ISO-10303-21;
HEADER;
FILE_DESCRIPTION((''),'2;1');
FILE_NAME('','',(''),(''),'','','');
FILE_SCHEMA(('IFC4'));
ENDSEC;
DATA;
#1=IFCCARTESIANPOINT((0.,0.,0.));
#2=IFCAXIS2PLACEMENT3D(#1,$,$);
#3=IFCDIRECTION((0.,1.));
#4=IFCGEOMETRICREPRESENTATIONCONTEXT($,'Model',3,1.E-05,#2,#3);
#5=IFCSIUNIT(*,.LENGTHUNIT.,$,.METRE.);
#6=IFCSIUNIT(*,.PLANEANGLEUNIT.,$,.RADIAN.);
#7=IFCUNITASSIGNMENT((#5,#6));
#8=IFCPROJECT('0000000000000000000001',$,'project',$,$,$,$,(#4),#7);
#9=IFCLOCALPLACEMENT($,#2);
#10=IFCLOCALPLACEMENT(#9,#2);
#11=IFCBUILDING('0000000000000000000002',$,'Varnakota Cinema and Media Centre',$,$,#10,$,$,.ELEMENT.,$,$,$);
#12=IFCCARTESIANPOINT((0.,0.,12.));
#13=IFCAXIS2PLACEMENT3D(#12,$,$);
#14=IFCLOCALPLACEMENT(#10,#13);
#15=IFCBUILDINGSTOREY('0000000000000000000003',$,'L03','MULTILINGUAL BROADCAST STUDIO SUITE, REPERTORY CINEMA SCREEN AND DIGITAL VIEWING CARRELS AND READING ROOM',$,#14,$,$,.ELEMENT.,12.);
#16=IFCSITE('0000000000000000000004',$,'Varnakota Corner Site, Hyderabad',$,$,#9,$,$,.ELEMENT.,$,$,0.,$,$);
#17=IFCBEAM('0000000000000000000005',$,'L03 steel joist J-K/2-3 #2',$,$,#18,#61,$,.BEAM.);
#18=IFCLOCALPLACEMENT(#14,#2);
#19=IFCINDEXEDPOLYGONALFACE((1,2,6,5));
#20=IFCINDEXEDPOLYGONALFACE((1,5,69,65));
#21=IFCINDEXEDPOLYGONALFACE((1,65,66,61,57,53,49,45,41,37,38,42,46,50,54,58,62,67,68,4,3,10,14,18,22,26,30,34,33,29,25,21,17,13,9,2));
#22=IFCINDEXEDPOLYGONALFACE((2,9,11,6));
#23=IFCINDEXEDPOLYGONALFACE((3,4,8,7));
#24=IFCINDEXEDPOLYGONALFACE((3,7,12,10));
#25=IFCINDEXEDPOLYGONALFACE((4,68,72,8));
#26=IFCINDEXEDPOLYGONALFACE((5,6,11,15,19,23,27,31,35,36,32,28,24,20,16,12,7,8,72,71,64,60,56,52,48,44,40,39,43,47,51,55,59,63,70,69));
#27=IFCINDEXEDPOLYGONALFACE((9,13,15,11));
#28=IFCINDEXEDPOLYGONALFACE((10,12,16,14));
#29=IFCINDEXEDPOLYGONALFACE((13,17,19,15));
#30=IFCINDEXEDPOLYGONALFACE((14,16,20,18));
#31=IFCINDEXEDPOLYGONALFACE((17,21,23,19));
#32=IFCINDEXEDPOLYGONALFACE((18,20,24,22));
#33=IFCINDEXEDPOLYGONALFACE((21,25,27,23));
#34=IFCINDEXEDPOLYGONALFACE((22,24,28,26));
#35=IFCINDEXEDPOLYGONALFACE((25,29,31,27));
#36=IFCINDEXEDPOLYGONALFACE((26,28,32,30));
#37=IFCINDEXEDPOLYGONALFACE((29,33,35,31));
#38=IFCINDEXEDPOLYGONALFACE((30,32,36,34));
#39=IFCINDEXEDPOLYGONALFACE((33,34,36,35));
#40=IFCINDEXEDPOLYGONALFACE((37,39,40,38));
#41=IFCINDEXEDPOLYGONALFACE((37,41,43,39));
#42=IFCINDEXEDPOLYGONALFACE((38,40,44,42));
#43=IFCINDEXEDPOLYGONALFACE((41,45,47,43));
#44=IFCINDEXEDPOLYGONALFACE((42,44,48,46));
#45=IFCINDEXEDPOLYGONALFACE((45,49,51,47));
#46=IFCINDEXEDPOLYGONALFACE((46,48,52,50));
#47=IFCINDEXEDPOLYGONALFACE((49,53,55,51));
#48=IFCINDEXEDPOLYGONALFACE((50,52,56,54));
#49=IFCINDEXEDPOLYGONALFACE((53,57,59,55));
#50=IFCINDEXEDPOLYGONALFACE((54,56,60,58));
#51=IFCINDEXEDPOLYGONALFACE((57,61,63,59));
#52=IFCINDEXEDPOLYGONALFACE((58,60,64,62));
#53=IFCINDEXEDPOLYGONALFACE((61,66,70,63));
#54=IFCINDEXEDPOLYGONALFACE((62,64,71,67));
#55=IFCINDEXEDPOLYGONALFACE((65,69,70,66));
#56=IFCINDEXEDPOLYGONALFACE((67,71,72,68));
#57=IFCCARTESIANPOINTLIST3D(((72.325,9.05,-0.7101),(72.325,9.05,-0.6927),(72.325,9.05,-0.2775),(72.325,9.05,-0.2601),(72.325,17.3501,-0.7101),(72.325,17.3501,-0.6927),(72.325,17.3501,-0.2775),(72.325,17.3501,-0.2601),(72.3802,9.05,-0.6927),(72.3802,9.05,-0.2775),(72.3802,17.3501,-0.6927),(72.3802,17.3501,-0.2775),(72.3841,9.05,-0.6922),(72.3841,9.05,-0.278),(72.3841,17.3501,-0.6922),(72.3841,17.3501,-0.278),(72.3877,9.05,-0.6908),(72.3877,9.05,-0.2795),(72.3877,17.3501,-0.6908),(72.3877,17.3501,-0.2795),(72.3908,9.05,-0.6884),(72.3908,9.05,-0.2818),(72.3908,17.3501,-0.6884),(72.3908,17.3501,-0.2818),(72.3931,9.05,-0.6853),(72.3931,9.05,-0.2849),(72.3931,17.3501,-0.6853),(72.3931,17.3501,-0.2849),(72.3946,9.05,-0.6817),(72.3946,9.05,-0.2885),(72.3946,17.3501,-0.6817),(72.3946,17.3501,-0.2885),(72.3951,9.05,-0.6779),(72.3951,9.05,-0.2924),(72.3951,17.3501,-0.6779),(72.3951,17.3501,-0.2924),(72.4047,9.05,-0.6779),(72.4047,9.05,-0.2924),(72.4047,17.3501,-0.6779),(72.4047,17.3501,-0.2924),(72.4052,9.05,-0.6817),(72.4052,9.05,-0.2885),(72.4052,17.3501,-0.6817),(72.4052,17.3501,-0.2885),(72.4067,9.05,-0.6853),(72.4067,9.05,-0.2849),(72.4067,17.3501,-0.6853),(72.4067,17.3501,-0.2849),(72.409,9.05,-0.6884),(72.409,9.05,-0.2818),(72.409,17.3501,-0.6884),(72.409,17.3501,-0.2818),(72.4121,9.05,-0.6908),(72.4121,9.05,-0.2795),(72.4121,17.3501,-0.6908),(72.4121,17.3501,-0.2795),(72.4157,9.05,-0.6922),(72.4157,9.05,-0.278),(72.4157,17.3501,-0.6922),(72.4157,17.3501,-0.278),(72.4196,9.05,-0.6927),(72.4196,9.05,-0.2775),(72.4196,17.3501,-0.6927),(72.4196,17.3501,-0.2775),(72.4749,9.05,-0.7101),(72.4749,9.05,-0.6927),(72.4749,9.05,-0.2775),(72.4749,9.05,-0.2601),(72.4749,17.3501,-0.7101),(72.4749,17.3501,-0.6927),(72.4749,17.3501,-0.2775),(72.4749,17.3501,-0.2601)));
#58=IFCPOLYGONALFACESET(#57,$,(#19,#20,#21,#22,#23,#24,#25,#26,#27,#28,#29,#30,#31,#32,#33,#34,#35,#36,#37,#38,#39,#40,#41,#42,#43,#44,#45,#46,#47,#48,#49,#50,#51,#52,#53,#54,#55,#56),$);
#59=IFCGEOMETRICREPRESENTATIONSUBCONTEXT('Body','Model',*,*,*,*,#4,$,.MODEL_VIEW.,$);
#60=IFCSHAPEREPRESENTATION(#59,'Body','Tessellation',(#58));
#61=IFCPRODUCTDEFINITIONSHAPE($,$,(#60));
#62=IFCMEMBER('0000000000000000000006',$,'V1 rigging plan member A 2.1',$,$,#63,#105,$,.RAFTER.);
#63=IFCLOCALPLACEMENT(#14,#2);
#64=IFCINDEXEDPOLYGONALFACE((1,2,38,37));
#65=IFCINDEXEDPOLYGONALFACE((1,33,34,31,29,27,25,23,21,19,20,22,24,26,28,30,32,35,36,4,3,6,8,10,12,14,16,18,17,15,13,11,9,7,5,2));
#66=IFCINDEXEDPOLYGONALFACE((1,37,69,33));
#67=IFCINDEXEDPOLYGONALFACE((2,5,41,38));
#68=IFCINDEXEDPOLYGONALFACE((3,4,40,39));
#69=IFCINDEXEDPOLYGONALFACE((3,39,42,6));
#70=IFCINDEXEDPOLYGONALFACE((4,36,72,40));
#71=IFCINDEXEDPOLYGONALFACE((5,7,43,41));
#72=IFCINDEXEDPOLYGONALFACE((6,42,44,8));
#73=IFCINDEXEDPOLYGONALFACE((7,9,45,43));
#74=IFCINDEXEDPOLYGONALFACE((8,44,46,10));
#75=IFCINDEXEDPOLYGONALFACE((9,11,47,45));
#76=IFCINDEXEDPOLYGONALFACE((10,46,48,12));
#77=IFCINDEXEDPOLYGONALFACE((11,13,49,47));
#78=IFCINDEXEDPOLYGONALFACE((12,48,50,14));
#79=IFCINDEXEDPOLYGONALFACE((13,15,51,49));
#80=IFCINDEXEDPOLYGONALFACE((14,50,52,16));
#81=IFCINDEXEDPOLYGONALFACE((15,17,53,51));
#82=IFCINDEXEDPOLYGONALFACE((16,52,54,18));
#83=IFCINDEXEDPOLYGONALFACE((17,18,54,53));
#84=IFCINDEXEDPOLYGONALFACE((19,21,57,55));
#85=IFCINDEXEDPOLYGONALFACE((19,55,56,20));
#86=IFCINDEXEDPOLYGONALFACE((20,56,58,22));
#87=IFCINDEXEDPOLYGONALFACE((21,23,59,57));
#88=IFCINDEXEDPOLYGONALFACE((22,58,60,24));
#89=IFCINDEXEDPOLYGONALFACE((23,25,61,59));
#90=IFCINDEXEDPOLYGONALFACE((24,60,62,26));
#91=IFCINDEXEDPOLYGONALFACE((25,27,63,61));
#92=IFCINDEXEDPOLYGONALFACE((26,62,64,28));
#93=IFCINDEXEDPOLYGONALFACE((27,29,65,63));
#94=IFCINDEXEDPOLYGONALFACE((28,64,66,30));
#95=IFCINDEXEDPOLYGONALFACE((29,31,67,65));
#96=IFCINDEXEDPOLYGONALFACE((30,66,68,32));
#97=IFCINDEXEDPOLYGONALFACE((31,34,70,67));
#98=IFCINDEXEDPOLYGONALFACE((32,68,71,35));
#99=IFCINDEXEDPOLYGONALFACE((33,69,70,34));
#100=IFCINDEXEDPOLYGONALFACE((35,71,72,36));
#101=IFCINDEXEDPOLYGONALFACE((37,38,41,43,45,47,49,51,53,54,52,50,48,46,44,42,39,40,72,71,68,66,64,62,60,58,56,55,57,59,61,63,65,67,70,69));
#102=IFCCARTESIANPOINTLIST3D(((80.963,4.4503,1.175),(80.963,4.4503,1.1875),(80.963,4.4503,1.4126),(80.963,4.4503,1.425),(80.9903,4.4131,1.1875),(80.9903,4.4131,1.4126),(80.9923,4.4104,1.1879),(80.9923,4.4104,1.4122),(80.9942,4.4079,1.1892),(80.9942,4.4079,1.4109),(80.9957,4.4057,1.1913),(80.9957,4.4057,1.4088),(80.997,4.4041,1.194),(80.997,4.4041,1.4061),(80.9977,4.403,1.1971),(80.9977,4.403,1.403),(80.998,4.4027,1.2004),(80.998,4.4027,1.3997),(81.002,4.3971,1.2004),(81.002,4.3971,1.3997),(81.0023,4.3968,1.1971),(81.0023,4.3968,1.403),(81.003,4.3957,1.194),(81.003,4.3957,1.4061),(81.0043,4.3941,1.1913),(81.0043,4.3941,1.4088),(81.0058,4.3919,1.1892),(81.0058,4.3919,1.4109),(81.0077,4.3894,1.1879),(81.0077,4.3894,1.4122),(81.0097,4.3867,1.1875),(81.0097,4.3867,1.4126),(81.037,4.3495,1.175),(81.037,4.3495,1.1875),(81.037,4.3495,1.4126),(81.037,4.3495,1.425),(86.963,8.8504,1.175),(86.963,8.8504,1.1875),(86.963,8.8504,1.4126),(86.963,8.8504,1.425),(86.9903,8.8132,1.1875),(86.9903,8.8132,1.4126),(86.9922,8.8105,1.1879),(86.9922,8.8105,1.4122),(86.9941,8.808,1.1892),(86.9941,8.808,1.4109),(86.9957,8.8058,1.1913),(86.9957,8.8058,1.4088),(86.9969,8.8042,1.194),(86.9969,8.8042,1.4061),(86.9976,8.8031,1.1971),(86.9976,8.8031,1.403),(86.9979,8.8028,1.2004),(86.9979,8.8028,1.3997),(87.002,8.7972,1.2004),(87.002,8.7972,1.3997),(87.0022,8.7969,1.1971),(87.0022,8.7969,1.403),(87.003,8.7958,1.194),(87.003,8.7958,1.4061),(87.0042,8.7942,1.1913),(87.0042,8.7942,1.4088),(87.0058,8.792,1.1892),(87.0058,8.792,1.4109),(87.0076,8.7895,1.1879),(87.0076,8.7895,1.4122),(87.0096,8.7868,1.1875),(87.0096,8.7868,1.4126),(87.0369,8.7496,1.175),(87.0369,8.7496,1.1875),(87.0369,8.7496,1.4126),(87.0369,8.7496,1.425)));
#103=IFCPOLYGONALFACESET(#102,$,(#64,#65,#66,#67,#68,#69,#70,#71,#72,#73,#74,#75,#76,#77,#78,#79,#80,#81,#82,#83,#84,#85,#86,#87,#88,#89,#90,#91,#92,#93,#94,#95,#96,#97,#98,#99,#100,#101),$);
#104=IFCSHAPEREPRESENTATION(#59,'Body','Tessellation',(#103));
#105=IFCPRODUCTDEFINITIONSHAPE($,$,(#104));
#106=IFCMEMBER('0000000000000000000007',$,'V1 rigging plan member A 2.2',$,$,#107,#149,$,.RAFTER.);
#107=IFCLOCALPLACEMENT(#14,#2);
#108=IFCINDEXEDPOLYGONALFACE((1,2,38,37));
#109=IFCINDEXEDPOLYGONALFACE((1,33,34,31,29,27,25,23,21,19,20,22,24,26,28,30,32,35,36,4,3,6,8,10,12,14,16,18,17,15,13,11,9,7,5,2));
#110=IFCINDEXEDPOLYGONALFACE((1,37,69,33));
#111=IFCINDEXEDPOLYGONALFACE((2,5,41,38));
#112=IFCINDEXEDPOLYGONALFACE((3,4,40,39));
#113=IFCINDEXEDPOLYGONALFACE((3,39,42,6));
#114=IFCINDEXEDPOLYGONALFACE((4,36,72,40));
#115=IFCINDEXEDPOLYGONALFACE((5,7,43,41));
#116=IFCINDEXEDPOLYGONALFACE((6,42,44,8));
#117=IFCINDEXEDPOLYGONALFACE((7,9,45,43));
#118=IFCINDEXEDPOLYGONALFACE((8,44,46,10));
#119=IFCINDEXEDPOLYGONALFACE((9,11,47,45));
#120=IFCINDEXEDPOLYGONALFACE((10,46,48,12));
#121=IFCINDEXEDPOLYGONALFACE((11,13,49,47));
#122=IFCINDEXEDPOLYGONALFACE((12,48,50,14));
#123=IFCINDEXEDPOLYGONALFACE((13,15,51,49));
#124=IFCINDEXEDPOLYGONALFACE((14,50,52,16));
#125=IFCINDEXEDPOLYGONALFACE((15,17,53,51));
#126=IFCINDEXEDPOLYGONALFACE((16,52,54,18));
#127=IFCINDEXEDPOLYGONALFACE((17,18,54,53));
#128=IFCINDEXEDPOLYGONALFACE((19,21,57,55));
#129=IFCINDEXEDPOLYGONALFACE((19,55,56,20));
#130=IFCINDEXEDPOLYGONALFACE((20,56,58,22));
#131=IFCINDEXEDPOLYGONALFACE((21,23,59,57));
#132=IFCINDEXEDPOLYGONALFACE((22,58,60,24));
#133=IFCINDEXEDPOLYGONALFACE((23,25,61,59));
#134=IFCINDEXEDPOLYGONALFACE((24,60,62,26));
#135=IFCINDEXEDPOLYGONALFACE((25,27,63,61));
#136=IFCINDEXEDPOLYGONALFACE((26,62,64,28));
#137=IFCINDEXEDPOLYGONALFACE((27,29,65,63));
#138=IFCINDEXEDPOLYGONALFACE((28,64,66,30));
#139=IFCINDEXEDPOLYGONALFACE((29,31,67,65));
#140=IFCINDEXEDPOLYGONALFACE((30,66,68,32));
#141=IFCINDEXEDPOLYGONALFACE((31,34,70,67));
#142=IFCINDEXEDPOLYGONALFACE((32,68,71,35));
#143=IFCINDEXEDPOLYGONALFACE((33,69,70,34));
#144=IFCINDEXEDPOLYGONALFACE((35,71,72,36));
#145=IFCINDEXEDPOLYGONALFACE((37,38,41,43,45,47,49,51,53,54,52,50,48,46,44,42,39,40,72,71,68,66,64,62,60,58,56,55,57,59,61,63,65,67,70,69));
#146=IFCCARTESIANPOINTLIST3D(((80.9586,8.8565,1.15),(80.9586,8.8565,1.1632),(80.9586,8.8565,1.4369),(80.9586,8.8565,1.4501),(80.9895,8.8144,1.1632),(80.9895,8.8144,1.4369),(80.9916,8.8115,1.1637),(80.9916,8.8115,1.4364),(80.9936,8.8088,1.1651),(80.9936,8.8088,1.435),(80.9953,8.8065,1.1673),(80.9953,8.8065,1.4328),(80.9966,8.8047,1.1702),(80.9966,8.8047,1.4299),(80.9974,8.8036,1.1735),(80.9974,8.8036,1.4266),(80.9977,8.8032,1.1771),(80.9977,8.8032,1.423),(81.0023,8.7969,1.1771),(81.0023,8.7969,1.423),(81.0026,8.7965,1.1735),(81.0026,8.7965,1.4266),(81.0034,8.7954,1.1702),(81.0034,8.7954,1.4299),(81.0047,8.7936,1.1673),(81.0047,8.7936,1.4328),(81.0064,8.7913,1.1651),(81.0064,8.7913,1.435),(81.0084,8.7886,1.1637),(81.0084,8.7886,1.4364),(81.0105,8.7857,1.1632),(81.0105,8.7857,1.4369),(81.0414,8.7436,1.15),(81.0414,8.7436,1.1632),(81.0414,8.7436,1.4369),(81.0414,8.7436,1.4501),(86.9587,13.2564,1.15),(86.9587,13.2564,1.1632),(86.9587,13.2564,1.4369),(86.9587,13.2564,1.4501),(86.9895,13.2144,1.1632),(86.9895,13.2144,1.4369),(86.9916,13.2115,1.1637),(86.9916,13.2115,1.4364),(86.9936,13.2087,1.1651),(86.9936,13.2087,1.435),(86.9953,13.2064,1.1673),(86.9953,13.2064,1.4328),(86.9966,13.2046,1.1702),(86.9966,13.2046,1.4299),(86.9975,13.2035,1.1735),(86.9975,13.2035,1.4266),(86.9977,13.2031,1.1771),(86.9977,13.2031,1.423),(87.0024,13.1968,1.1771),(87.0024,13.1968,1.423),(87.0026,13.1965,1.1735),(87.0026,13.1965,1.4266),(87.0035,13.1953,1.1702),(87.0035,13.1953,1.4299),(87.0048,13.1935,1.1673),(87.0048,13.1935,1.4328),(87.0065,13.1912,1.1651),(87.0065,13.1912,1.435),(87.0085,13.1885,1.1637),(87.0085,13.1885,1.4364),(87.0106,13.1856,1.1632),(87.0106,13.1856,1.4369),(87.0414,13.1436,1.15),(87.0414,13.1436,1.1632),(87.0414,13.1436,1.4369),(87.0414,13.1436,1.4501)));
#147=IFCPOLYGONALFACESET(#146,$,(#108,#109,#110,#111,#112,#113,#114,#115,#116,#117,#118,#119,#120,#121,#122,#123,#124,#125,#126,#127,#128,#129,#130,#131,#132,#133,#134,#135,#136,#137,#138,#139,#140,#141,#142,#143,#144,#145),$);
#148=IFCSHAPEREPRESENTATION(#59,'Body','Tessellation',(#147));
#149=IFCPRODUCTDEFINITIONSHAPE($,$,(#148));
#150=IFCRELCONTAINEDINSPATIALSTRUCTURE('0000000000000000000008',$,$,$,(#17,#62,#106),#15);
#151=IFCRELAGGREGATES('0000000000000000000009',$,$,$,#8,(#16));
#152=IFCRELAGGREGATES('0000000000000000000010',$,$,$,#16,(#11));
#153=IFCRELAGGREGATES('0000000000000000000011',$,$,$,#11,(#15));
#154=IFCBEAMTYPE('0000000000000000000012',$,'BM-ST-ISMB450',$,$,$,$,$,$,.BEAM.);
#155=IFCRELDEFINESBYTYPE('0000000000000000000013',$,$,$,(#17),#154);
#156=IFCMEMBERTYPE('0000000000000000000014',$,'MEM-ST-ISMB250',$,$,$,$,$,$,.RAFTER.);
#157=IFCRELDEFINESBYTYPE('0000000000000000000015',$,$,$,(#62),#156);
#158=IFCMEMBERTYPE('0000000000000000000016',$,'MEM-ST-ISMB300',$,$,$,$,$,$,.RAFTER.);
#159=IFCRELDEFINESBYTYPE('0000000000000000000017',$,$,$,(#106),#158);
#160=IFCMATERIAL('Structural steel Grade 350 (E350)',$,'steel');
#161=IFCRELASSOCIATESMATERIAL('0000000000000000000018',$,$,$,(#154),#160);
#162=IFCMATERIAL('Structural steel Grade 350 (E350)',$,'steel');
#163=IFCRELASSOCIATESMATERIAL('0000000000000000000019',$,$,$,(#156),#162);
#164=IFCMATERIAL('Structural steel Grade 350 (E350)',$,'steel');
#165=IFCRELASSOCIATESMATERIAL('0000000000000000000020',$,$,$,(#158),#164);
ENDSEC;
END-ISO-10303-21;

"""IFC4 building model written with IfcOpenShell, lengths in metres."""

from ifc_helpers import new_model, si_unit, direction, frame, origin, origin_2d, place, context, subcontext, project, spatial, i_section, extrude, material, material_profile, profile_set, type_object, element, save


model = new_model("IFC4")

# Units and contexts
model_context = context("Model", 3, precision=1e-05, world=origin(), true_north=direction((0.0, 1.0)))
body_context = subcontext(model_context, "Body", "Model", "MODEL_VIEW")
ifc_project = project(units=[si_unit("LENGTHUNIT", "METRE"), si_unit("PLANEANGLEUNIT", "RADIAN")], contexts=[model_context])

# Site, building, storey
site_placement = place(None, origin())
site = spatial("IfcSite", under=ifc_project, at=site_placement, Name="Varnakota Corner Site, Hyderabad", CompositionType="ELEMENT", RefElevation=0.0)
building_placement = place(site_placement, origin())
building = spatial("IfcBuilding", under=site, at=building_placement, Name="Varnakota Cinema and Media Centre", CompositionType="ELEMENT")
storey_placement = place(building_placement, frame((0.0, 0.0, 12.0)))
storey = spatial("IfcBuildingStorey", under=building, at=storey_placement, Name="L03", Description="MULTILINGUAL BROADCAST STUDIO SUITE, REPERTORY CINEMA SCREEN AND DIGITAL VIEWING CARRELS AND READING ROOM", CompositionType="ELEMENT", Elevation=12.0)

# Beam
ifc_material_1 = material(Name="Structural steel Grade 350 (E350)", Category="steel")
ifc_material_profile_1 = material_profile(ifc_material_1, i_section(OverallWidth=0.1499, OverallDepth=0.45, WebThickness=0.0095, FlangeThickness=0.0173, FilletRadius=0.0149, at=origin_2d()), Name="ISMB 450")
ifc_profile_set_1 = profile_set([ifc_material_profile_1], Name="Structural steel Grade 350 (E350)")
beam_type_1 = type_object("IfcBeamType", Name="BM-ST-ISMB450", PredefinedType="BEAM", material=ifc_profile_set_1)
for number, where, z_axis, x_axis, name in (
    (1, (72.3999, 9.05, -0.4851), (0.0, 1.0, 0.0), (-1.0, 0.0, 0.0), "L03 steel joist J-K/2-3 #2"),
):
    element("IfcBeam", number, at=place(storey_placement, frame(where, z_axis=z_axis, x_axis=x_axis)), inside=storey, type_object=beam_type_1, Name=name, PredefinedType="BEAM", context=body_context, shape_type="SweptSolid", body=[
        extrude(i_section(OverallWidth=0.1499, OverallDepth=0.45, WebThickness=0.0095, FlangeThickness=0.0173, FilletRadius=0.0149, at=origin_2d()), origin(), (0.0, 0.0, 1.0), 8.3),
    ])

# Members
ifc_material_2 = material(Name="Structural steel Grade 350 (E350)", Category="steel")
ifc_material_profile_2 = material_profile(ifc_material_2, i_section(OverallWidth=0.125, OverallDepth=0.25, WebThickness=0.0068, FlangeThickness=0.0125, FilletRadius=0.0129, at=origin_2d()), Name="ISMB 250")
ifc_profile_set_2 = profile_set([ifc_material_profile_2], Name="Structural steel Grade 350 (E350)")
member_type_1 = type_object("IfcMemberType", Name="MEM-ST-ISMB250", PredefinedType="RAFTER", material=ifc_profile_set_2)
member_1_placement = place(storey_placement, frame((81.0, 4.3999, 1.3), z_axis=(0.806396, 0.591376, 0.0), x_axis=(-0.591376, 0.806396, 0.0)))
element("IfcMember", 2, at=member_1_placement, inside=storey, type_object=member_type_1, Name="V1 rigging plan member A 2.1", PredefinedType="RAFTER", context=body_context, shape_type="SweptSolid", body=[
    extrude(i_section(OverallWidth=0.125, OverallDepth=0.25, WebThickness=0.0068, FlangeThickness=0.0125, FilletRadius=0.0129, at=origin_2d()), origin(), (0.0, 0.0, 1.0), 7.4404),
])
ifc_material_3 = material(Name="Structural steel Grade 350 (E350)", Category="steel")
ifc_material_profile_3 = material_profile(ifc_material_3, i_section(OverallWidth=0.1399, OverallDepth=0.3, WebThickness=0.0078, FlangeThickness=0.0132, FilletRadius=0.0139, at=origin_2d()), Name="ISMB 300")
ifc_profile_set_3 = profile_set([ifc_material_profile_3], Name="Structural steel Grade 350 (E350)")
member_type_2 = type_object("IfcMemberType", Name="MEM-ST-ISMB300", PredefinedType="RAFTER", material=ifc_profile_set_3)
member_2_placement = place(storey_placement, frame((81.0, 8.8, 1.3), z_axis=(0.806411, 0.591355, 0.0), x_axis=(-0.591355, 0.806411, 0.0)))
element("IfcMember", 3, at=member_2_placement, inside=storey, type_object=member_type_2, Name="V1 rigging plan member A 2.2", PredefinedType="RAFTER", context=body_context, shape_type="SweptSolid", body=[
    extrude(i_section(OverallWidth=0.1399, OverallDepth=0.3, WebThickness=0.0078, FlangeThickness=0.0132, FilletRadius=0.0139, at=origin_2d()), origin(), (0.0, 0.0, 1.0), 7.4404),
])

save(model, "model.ifc")
